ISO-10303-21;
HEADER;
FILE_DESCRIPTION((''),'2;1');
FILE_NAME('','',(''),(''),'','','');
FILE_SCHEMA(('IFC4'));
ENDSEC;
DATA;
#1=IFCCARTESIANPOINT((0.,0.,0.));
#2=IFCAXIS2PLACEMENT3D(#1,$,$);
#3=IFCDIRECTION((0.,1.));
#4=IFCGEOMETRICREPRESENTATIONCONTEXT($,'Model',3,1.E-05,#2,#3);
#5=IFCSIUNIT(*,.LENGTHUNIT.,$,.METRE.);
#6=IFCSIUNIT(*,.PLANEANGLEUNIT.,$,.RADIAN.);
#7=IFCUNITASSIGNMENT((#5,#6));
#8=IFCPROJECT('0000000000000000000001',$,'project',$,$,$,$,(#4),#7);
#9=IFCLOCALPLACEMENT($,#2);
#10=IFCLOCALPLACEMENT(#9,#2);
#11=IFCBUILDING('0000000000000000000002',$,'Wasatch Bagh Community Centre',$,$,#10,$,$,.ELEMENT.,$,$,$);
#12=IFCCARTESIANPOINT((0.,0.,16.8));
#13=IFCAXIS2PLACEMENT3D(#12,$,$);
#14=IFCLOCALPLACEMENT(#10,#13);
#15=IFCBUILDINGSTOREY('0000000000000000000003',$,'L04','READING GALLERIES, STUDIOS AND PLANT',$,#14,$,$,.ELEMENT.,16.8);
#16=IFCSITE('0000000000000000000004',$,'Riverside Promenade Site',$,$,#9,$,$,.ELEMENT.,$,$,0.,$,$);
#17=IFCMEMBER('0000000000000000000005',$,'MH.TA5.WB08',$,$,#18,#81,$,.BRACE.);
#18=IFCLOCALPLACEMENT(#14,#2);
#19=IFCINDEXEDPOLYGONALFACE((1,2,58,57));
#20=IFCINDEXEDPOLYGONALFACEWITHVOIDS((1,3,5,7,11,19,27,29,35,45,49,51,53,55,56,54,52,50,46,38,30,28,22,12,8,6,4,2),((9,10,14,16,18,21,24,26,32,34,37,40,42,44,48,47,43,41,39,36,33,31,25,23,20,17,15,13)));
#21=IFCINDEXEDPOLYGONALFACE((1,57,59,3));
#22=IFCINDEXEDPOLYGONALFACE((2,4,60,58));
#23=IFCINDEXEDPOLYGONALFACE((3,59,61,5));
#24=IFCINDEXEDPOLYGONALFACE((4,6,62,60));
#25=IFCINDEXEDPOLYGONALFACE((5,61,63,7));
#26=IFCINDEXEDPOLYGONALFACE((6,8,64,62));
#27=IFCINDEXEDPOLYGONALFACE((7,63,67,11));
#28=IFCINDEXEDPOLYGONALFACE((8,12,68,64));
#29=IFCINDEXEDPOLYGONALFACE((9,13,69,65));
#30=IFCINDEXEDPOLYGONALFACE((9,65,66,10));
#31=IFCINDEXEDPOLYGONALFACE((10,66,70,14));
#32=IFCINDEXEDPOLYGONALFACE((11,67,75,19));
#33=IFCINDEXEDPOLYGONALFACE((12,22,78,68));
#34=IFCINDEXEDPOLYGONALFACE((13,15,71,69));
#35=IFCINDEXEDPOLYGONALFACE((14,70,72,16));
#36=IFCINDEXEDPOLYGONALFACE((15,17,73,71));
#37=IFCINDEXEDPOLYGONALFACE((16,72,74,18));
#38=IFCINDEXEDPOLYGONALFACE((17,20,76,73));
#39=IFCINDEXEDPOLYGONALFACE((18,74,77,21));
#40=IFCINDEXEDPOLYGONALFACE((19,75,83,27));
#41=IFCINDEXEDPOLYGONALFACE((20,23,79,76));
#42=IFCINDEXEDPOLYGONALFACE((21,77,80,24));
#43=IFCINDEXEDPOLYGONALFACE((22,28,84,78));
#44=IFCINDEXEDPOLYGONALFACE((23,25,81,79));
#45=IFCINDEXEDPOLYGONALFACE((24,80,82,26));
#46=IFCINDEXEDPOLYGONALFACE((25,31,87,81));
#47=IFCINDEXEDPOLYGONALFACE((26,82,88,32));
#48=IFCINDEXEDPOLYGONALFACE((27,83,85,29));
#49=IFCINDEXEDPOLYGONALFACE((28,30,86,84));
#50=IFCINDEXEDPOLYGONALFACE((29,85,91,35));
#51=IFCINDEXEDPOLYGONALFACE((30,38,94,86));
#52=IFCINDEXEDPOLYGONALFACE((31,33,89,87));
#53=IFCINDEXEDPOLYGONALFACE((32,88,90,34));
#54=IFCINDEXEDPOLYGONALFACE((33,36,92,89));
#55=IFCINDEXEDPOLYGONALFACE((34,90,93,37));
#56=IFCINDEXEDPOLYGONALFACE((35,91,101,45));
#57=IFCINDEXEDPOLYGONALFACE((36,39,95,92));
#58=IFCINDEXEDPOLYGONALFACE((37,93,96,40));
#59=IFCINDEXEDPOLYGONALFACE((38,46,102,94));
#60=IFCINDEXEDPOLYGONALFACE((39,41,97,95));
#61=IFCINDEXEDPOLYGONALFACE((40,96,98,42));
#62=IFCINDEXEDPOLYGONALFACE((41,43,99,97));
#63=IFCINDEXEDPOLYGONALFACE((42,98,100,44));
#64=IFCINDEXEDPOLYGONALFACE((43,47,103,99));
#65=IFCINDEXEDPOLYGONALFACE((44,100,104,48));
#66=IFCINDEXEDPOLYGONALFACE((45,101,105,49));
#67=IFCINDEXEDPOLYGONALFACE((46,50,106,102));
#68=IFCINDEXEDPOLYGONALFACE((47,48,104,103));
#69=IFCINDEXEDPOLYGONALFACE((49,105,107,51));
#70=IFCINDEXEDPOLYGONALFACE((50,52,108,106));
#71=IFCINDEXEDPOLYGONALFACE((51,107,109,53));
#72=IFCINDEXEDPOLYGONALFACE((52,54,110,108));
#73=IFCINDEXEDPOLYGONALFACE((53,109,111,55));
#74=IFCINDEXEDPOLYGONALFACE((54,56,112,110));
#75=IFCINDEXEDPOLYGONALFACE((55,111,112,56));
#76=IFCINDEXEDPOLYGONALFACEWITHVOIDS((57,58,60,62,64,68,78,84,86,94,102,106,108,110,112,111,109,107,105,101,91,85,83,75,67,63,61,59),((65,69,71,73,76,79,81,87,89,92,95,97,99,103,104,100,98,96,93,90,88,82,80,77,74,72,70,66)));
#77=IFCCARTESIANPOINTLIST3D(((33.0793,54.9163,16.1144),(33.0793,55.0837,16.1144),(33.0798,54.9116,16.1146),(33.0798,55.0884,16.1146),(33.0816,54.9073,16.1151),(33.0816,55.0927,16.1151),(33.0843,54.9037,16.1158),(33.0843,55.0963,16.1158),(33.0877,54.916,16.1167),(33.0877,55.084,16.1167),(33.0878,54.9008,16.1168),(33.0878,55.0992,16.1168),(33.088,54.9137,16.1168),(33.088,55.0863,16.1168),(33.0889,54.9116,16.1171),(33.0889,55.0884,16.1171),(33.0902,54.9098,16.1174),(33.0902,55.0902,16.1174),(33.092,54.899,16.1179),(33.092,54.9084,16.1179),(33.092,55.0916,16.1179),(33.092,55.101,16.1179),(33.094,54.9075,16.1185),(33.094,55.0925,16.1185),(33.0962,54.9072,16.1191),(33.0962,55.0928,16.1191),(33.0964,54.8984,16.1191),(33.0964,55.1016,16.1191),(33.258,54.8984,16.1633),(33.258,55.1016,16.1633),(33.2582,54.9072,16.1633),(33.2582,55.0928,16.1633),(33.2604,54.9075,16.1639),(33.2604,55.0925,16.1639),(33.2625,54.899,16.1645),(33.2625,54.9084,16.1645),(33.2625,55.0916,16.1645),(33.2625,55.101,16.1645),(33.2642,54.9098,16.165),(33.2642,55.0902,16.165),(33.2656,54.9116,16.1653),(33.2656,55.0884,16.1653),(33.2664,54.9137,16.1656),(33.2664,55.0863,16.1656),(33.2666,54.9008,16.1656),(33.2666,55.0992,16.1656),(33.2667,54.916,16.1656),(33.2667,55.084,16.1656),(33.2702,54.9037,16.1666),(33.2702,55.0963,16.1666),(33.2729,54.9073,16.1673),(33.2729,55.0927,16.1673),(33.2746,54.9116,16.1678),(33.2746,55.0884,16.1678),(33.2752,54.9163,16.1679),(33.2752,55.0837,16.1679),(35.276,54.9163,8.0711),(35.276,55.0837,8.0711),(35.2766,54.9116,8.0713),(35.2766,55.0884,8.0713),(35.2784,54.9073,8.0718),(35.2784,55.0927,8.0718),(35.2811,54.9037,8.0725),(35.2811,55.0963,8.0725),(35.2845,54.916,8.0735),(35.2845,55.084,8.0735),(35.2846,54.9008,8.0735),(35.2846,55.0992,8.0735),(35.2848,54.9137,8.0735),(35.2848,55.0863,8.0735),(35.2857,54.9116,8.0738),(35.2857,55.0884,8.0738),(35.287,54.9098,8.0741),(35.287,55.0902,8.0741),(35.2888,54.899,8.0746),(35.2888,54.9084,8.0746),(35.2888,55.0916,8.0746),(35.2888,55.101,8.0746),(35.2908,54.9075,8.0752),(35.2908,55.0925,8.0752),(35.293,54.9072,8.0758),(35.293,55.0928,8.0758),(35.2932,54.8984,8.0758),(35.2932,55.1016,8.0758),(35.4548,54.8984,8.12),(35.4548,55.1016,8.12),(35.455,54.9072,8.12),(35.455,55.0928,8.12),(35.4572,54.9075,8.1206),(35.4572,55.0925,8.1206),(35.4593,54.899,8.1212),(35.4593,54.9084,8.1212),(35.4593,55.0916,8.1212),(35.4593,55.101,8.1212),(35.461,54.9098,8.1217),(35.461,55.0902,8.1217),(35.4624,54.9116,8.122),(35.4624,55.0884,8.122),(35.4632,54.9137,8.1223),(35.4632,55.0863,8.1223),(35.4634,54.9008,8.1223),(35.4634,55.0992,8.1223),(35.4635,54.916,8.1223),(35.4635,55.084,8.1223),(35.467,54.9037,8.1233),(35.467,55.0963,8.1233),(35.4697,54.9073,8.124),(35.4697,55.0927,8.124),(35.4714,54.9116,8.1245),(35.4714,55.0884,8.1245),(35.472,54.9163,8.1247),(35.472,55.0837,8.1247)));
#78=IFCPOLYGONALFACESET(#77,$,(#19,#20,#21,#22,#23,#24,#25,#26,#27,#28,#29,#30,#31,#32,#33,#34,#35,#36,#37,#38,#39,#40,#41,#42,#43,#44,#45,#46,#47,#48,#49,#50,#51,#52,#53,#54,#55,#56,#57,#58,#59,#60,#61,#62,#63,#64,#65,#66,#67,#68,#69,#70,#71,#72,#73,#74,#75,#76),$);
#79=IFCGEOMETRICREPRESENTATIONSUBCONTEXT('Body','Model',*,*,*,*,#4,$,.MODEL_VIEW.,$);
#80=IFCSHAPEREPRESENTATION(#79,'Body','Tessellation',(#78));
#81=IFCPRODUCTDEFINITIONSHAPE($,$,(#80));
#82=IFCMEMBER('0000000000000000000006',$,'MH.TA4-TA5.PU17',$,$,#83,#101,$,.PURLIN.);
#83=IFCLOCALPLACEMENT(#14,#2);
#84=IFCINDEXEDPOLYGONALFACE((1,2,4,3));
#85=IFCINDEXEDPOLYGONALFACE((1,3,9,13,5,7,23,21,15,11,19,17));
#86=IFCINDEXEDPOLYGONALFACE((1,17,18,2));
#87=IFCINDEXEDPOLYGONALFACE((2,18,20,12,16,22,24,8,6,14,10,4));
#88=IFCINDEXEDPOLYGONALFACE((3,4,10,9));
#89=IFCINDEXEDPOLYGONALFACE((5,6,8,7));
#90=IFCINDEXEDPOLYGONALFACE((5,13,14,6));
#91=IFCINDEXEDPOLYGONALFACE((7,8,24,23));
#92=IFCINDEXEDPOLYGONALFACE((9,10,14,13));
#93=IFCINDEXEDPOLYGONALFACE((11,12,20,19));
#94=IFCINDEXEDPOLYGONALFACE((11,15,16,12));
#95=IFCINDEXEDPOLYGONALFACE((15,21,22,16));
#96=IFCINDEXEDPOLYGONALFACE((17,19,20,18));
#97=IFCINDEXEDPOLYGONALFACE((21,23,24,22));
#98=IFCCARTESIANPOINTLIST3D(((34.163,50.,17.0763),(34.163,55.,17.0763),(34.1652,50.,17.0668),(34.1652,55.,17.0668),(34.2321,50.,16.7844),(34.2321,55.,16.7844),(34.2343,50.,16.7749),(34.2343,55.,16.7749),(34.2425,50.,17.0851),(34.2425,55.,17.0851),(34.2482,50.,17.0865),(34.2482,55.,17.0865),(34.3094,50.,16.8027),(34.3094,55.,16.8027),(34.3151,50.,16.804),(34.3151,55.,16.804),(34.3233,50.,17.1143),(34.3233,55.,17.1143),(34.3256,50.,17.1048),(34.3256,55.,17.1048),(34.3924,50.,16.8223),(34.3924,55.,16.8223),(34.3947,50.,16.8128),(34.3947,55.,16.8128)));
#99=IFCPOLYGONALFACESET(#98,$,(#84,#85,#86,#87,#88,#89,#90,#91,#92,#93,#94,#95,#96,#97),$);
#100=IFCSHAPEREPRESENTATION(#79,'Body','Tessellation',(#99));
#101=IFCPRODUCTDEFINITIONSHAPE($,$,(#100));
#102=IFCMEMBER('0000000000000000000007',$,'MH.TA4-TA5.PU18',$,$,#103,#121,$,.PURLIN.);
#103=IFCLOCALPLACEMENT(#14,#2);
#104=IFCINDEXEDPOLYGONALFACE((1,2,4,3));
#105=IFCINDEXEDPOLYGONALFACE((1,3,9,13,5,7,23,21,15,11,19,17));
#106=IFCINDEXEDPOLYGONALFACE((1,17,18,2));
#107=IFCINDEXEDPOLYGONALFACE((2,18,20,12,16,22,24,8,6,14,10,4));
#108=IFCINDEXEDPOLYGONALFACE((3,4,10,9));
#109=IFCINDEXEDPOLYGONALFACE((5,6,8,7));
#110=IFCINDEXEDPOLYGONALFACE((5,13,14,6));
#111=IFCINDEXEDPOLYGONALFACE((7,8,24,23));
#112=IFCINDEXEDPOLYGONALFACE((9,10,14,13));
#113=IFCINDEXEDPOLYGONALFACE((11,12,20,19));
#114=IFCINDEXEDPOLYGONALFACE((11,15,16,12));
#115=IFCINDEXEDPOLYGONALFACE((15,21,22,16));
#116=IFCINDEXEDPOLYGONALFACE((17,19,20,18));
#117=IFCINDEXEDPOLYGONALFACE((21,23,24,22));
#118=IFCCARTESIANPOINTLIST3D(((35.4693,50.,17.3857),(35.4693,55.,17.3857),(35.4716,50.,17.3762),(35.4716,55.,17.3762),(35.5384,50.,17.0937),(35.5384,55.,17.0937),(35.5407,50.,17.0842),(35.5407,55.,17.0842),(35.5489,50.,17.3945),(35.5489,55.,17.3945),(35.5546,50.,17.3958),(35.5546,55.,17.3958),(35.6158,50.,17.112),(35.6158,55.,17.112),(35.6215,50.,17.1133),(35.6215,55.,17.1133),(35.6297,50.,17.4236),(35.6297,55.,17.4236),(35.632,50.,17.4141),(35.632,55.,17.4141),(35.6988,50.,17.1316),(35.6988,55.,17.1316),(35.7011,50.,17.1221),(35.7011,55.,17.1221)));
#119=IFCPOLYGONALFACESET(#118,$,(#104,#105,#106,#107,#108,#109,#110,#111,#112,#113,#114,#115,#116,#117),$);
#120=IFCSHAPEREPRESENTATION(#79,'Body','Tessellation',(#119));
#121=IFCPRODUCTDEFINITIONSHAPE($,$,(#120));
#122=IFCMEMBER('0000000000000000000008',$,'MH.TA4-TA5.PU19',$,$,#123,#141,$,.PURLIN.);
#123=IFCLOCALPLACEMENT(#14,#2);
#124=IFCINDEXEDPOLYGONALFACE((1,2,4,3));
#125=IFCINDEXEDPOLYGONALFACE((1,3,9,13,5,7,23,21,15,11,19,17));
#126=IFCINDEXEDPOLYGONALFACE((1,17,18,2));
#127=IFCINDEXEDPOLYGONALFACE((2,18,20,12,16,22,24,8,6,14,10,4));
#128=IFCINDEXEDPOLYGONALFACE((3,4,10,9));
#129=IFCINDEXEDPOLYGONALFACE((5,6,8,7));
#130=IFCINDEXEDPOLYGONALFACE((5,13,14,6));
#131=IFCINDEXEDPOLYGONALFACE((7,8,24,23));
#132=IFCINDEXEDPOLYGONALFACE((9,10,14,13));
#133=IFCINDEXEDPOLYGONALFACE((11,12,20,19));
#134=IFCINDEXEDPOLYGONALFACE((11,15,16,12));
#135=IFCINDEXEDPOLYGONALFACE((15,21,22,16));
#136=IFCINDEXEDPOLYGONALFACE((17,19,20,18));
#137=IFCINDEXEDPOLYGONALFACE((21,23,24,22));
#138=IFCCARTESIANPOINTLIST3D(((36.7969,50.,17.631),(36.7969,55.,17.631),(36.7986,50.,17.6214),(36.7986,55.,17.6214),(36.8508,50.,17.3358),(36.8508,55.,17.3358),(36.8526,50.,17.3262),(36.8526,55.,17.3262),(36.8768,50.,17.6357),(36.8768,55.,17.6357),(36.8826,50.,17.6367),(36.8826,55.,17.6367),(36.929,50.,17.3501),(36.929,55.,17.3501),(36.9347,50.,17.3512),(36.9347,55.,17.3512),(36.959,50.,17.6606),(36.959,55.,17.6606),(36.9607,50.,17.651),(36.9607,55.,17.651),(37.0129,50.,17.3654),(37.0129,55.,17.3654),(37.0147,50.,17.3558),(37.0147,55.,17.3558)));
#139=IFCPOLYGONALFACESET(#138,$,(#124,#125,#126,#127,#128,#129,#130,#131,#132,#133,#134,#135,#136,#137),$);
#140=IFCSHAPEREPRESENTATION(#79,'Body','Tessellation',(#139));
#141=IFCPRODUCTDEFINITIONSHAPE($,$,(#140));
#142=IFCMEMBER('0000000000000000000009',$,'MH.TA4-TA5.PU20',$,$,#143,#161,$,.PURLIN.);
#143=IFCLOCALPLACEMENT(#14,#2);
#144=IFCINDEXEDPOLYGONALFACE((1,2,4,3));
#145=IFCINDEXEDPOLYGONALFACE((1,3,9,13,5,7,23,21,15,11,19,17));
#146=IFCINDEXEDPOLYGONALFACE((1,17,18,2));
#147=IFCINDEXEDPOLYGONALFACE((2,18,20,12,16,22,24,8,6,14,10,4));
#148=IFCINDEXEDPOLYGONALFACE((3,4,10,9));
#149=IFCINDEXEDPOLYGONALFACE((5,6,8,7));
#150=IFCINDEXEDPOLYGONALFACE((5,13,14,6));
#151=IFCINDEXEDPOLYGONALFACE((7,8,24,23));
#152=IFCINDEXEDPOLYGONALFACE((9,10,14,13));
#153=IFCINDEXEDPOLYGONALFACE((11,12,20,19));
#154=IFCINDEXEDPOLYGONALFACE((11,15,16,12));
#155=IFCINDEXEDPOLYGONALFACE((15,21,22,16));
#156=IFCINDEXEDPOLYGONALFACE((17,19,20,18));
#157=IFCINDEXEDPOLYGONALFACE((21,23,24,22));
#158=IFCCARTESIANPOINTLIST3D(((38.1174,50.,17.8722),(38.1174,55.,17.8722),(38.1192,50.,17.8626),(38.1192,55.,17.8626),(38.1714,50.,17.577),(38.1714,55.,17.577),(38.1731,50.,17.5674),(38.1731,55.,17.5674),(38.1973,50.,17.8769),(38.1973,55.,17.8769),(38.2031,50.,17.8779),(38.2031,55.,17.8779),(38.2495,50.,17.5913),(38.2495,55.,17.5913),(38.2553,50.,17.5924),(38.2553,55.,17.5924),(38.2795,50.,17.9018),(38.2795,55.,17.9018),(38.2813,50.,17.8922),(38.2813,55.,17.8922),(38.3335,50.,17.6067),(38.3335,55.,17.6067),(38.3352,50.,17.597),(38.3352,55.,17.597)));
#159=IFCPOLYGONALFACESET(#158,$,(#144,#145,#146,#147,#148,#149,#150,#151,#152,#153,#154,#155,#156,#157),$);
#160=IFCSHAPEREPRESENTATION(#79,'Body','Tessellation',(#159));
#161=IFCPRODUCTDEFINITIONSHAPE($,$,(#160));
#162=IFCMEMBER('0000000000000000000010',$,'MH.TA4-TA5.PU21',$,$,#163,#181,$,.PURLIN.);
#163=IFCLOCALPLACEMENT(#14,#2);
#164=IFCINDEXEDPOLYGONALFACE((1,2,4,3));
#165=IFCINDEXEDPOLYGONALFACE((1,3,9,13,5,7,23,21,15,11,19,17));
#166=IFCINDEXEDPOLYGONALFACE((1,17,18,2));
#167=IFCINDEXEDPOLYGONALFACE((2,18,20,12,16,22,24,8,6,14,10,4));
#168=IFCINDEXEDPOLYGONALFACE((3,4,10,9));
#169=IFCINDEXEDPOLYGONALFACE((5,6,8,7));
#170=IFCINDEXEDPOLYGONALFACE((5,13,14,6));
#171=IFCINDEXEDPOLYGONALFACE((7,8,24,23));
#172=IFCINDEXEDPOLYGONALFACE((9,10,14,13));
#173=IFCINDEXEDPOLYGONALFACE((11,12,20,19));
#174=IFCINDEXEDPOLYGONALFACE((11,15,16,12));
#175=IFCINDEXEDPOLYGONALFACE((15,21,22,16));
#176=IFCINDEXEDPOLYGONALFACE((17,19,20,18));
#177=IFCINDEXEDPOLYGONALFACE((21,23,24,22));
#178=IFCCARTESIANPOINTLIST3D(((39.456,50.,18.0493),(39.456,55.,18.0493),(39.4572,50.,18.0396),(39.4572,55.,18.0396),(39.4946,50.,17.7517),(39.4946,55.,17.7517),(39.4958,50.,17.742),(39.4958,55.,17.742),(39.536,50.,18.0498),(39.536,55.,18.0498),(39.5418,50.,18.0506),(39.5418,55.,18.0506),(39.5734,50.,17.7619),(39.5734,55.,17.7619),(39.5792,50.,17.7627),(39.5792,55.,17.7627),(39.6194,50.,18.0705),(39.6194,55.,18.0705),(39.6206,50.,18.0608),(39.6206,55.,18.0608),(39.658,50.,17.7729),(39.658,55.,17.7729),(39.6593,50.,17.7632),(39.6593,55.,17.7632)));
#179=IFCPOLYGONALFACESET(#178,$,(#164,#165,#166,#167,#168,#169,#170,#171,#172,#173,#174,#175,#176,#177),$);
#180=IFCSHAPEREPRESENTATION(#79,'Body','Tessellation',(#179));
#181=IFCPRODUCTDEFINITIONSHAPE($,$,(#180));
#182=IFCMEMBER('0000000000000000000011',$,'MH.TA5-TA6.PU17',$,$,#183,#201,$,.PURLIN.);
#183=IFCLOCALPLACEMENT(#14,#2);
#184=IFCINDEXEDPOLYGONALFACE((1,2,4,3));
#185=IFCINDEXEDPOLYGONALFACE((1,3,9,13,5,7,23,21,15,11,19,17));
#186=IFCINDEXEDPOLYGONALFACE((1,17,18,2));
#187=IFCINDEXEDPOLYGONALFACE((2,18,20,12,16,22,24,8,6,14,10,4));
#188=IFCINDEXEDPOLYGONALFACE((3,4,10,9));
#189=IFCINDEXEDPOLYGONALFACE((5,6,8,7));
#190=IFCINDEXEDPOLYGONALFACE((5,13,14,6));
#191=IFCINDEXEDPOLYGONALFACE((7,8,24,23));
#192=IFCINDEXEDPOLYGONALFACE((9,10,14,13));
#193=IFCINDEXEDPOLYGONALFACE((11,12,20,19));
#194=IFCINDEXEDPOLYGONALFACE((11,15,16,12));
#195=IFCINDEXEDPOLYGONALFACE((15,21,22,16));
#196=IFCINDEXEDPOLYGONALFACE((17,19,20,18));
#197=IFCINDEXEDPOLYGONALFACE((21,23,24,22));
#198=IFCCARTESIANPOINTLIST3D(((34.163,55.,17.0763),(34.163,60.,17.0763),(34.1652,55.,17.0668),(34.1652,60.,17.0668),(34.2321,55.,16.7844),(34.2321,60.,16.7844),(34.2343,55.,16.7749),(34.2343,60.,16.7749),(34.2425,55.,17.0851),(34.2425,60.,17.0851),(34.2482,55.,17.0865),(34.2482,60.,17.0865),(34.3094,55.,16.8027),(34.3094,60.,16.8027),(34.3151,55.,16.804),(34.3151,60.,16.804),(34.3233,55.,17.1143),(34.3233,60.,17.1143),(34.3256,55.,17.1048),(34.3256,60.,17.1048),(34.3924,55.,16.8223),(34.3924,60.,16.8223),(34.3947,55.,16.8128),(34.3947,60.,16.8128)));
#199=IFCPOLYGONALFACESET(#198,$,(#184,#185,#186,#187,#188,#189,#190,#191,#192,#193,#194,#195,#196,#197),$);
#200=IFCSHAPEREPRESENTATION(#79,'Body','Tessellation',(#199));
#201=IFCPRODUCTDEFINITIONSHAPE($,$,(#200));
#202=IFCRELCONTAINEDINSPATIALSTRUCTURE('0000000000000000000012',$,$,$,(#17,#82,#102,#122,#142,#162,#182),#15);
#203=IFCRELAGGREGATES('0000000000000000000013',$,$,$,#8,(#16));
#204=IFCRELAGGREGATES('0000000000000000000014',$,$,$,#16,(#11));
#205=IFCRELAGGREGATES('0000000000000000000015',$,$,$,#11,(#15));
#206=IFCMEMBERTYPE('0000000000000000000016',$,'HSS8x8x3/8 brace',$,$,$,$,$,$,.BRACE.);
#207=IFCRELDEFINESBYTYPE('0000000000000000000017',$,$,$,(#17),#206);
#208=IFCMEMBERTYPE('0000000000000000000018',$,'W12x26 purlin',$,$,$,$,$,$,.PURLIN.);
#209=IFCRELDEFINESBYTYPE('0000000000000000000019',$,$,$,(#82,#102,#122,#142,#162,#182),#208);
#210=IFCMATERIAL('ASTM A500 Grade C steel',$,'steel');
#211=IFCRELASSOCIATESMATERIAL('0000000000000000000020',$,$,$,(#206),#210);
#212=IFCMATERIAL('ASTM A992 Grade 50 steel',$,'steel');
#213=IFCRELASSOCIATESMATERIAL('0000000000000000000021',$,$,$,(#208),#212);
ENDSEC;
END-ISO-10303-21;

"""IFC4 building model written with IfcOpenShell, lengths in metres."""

from ifc_helpers import new_model, si_unit, direction, frame, origin, origin_2d, place, context, subcontext, project, spatial, hollow_rectangle, i_section, extrude, material, material_profile, profile_set, type_object, element, save


model = new_model("IFC4")

# Units and contexts
model_context = context("Model", 3, precision=1e-05, world=origin(), true_north=direction((0.0, 1.0)))
body_context = subcontext(model_context, "Body", "Model", "MODEL_VIEW")
ifc_project = project(units=[si_unit("LENGTHUNIT", "METRE"), si_unit("PLANEANGLEUNIT", "RADIAN")], contexts=[model_context])

# Site, building, storey
site_placement = place(None, origin())
site = spatial("IfcSite", under=ifc_project, at=site_placement, Name="Riverside Promenade Site", CompositionType="ELEMENT", RefElevation=0.0)
building_placement = place(site_placement, origin())
building = spatial("IfcBuilding", under=site, at=building_placement, Name="Wasatch Bagh Community Centre", CompositionType="ELEMENT")
storey_placement = place(building_placement, frame((0.0, 0.0, 16.8)))
storey = spatial("IfcBuildingStorey", under=building, at=storey_placement, Name="L04", Description="READING GALLERIES, STUDIOS AND PLANT", CompositionType="ELEMENT", Elevation=16.8)

# Members
ifc_material_1 = material(Name="ASTM A500 Grade C steel", Category="steel")
ifc_material_profile_1 = material_profile(ifc_material_1, hollow_rectangle(XDim=0.2031, YDim=0.2031, WallThickness=0.0088, InnerFilletRadius=0.0088, OuterFilletRadius=0.0178, at=origin_2d()), Name="HSS8x8x3/8")
ifc_profile_set_1 = profile_set([ifc_material_profile_1], Name="ASTM A500 Grade C steel")
member_type_1 = type_object("IfcMemberType", Name="HSS8x8x3/8 brace", PredefinedType="BRACE", material=ifc_profile_set_1)
member_1_placement = place(storey_placement, frame((35.374, 55.0, 8.0979), z_axis=(-0.263472, 0.0, 0.964667), x_axis=(0.0, -1.0, 0.0)))
element("IfcMember", 1, at=member_1_placement, inside=storey, type_object=member_type_1, Name="MH.TA5.WB08", PredefinedType="BRACE", context=body_context, shape_type="SweptSolid", body=[
    extrude(hollow_rectangle(XDim=0.2031, YDim=0.2031, WallThickness=0.0088, InnerFilletRadius=0.0088, OuterFilletRadius=0.0178, at=origin_2d()), origin(), (0.0, 0.0, 1.0), 8.3379),
])
ifc_material_2 = material(Name="ASTM A992 Grade 50 steel", Category="steel")
ifc_material_profile_2 = material_profile(ifc_material_2, i_section(OverallWidth=0.1648, OverallDepth=0.3098, WebThickness=0.0059, FlangeThickness=0.0098, at=origin_2d()), Name="W12x26")
ifc_profile_set_2 = profile_set([ifc_material_profile_2], Name="ASTM A992 Grade 50 steel")
member_type_2 = type_object("IfcMemberType", Name="W12x26 purlin", PredefinedType="PURLIN", material=ifc_profile_set_2)
for number, where, z_axis, x_axis, name in (
    (2, (34.2788, 50.0, 16.9446), (0.0, 1.0, 0.0), (-0.973122, 0.0, -0.230292), "MH.TA4-TA5.PU17"),
    (3, (35.5852, 50.0, 17.2539), (0.0, 1.0, 0.0), (-0.973122, 0.0, -0.230292), "MH.TA4-TA5.PU18"),
    (4, (36.9058, 50.0, 17.4934), (0.0, 1.0, 0.0), (-0.983711, 0.0, -0.179756), "MH.TA4-TA5.PU19"),
    (5, (38.2263, 50.0, 17.7346), (0.0, 1.0, 0.0), (-0.983711, 0.0, -0.179756), "MH.TA4-TA5.PU20"),
    (6, (39.5576, 50.0, 17.9062), (0.0, 1.0, 0.0), (-0.991678, 0.0, -0.12874), "MH.TA4-TA5.PU21"),
    (7, (34.2788, 55.0, 16.9446), (0.0, 1.0, 0.0), (-0.973122, 0.0, -0.230292), "MH.TA5-TA6.PU17"),
):
    element("IfcMember", number, at=place(storey_placement, frame(where, z_axis=z_axis, x_axis=x_axis)), inside=storey, type_object=member_type_2, Name=name, PredefinedType="PURLIN", context=body_context, shape_type="SweptSolid", body=[
        extrude(i_section(OverallWidth=0.1648, OverallDepth=0.3098, WebThickness=0.0059, FlangeThickness=0.0098, at=origin_2d()), origin(), (0.0, 0.0, 1.0), 5.0),
    ])

save(model, "model.ifc")
